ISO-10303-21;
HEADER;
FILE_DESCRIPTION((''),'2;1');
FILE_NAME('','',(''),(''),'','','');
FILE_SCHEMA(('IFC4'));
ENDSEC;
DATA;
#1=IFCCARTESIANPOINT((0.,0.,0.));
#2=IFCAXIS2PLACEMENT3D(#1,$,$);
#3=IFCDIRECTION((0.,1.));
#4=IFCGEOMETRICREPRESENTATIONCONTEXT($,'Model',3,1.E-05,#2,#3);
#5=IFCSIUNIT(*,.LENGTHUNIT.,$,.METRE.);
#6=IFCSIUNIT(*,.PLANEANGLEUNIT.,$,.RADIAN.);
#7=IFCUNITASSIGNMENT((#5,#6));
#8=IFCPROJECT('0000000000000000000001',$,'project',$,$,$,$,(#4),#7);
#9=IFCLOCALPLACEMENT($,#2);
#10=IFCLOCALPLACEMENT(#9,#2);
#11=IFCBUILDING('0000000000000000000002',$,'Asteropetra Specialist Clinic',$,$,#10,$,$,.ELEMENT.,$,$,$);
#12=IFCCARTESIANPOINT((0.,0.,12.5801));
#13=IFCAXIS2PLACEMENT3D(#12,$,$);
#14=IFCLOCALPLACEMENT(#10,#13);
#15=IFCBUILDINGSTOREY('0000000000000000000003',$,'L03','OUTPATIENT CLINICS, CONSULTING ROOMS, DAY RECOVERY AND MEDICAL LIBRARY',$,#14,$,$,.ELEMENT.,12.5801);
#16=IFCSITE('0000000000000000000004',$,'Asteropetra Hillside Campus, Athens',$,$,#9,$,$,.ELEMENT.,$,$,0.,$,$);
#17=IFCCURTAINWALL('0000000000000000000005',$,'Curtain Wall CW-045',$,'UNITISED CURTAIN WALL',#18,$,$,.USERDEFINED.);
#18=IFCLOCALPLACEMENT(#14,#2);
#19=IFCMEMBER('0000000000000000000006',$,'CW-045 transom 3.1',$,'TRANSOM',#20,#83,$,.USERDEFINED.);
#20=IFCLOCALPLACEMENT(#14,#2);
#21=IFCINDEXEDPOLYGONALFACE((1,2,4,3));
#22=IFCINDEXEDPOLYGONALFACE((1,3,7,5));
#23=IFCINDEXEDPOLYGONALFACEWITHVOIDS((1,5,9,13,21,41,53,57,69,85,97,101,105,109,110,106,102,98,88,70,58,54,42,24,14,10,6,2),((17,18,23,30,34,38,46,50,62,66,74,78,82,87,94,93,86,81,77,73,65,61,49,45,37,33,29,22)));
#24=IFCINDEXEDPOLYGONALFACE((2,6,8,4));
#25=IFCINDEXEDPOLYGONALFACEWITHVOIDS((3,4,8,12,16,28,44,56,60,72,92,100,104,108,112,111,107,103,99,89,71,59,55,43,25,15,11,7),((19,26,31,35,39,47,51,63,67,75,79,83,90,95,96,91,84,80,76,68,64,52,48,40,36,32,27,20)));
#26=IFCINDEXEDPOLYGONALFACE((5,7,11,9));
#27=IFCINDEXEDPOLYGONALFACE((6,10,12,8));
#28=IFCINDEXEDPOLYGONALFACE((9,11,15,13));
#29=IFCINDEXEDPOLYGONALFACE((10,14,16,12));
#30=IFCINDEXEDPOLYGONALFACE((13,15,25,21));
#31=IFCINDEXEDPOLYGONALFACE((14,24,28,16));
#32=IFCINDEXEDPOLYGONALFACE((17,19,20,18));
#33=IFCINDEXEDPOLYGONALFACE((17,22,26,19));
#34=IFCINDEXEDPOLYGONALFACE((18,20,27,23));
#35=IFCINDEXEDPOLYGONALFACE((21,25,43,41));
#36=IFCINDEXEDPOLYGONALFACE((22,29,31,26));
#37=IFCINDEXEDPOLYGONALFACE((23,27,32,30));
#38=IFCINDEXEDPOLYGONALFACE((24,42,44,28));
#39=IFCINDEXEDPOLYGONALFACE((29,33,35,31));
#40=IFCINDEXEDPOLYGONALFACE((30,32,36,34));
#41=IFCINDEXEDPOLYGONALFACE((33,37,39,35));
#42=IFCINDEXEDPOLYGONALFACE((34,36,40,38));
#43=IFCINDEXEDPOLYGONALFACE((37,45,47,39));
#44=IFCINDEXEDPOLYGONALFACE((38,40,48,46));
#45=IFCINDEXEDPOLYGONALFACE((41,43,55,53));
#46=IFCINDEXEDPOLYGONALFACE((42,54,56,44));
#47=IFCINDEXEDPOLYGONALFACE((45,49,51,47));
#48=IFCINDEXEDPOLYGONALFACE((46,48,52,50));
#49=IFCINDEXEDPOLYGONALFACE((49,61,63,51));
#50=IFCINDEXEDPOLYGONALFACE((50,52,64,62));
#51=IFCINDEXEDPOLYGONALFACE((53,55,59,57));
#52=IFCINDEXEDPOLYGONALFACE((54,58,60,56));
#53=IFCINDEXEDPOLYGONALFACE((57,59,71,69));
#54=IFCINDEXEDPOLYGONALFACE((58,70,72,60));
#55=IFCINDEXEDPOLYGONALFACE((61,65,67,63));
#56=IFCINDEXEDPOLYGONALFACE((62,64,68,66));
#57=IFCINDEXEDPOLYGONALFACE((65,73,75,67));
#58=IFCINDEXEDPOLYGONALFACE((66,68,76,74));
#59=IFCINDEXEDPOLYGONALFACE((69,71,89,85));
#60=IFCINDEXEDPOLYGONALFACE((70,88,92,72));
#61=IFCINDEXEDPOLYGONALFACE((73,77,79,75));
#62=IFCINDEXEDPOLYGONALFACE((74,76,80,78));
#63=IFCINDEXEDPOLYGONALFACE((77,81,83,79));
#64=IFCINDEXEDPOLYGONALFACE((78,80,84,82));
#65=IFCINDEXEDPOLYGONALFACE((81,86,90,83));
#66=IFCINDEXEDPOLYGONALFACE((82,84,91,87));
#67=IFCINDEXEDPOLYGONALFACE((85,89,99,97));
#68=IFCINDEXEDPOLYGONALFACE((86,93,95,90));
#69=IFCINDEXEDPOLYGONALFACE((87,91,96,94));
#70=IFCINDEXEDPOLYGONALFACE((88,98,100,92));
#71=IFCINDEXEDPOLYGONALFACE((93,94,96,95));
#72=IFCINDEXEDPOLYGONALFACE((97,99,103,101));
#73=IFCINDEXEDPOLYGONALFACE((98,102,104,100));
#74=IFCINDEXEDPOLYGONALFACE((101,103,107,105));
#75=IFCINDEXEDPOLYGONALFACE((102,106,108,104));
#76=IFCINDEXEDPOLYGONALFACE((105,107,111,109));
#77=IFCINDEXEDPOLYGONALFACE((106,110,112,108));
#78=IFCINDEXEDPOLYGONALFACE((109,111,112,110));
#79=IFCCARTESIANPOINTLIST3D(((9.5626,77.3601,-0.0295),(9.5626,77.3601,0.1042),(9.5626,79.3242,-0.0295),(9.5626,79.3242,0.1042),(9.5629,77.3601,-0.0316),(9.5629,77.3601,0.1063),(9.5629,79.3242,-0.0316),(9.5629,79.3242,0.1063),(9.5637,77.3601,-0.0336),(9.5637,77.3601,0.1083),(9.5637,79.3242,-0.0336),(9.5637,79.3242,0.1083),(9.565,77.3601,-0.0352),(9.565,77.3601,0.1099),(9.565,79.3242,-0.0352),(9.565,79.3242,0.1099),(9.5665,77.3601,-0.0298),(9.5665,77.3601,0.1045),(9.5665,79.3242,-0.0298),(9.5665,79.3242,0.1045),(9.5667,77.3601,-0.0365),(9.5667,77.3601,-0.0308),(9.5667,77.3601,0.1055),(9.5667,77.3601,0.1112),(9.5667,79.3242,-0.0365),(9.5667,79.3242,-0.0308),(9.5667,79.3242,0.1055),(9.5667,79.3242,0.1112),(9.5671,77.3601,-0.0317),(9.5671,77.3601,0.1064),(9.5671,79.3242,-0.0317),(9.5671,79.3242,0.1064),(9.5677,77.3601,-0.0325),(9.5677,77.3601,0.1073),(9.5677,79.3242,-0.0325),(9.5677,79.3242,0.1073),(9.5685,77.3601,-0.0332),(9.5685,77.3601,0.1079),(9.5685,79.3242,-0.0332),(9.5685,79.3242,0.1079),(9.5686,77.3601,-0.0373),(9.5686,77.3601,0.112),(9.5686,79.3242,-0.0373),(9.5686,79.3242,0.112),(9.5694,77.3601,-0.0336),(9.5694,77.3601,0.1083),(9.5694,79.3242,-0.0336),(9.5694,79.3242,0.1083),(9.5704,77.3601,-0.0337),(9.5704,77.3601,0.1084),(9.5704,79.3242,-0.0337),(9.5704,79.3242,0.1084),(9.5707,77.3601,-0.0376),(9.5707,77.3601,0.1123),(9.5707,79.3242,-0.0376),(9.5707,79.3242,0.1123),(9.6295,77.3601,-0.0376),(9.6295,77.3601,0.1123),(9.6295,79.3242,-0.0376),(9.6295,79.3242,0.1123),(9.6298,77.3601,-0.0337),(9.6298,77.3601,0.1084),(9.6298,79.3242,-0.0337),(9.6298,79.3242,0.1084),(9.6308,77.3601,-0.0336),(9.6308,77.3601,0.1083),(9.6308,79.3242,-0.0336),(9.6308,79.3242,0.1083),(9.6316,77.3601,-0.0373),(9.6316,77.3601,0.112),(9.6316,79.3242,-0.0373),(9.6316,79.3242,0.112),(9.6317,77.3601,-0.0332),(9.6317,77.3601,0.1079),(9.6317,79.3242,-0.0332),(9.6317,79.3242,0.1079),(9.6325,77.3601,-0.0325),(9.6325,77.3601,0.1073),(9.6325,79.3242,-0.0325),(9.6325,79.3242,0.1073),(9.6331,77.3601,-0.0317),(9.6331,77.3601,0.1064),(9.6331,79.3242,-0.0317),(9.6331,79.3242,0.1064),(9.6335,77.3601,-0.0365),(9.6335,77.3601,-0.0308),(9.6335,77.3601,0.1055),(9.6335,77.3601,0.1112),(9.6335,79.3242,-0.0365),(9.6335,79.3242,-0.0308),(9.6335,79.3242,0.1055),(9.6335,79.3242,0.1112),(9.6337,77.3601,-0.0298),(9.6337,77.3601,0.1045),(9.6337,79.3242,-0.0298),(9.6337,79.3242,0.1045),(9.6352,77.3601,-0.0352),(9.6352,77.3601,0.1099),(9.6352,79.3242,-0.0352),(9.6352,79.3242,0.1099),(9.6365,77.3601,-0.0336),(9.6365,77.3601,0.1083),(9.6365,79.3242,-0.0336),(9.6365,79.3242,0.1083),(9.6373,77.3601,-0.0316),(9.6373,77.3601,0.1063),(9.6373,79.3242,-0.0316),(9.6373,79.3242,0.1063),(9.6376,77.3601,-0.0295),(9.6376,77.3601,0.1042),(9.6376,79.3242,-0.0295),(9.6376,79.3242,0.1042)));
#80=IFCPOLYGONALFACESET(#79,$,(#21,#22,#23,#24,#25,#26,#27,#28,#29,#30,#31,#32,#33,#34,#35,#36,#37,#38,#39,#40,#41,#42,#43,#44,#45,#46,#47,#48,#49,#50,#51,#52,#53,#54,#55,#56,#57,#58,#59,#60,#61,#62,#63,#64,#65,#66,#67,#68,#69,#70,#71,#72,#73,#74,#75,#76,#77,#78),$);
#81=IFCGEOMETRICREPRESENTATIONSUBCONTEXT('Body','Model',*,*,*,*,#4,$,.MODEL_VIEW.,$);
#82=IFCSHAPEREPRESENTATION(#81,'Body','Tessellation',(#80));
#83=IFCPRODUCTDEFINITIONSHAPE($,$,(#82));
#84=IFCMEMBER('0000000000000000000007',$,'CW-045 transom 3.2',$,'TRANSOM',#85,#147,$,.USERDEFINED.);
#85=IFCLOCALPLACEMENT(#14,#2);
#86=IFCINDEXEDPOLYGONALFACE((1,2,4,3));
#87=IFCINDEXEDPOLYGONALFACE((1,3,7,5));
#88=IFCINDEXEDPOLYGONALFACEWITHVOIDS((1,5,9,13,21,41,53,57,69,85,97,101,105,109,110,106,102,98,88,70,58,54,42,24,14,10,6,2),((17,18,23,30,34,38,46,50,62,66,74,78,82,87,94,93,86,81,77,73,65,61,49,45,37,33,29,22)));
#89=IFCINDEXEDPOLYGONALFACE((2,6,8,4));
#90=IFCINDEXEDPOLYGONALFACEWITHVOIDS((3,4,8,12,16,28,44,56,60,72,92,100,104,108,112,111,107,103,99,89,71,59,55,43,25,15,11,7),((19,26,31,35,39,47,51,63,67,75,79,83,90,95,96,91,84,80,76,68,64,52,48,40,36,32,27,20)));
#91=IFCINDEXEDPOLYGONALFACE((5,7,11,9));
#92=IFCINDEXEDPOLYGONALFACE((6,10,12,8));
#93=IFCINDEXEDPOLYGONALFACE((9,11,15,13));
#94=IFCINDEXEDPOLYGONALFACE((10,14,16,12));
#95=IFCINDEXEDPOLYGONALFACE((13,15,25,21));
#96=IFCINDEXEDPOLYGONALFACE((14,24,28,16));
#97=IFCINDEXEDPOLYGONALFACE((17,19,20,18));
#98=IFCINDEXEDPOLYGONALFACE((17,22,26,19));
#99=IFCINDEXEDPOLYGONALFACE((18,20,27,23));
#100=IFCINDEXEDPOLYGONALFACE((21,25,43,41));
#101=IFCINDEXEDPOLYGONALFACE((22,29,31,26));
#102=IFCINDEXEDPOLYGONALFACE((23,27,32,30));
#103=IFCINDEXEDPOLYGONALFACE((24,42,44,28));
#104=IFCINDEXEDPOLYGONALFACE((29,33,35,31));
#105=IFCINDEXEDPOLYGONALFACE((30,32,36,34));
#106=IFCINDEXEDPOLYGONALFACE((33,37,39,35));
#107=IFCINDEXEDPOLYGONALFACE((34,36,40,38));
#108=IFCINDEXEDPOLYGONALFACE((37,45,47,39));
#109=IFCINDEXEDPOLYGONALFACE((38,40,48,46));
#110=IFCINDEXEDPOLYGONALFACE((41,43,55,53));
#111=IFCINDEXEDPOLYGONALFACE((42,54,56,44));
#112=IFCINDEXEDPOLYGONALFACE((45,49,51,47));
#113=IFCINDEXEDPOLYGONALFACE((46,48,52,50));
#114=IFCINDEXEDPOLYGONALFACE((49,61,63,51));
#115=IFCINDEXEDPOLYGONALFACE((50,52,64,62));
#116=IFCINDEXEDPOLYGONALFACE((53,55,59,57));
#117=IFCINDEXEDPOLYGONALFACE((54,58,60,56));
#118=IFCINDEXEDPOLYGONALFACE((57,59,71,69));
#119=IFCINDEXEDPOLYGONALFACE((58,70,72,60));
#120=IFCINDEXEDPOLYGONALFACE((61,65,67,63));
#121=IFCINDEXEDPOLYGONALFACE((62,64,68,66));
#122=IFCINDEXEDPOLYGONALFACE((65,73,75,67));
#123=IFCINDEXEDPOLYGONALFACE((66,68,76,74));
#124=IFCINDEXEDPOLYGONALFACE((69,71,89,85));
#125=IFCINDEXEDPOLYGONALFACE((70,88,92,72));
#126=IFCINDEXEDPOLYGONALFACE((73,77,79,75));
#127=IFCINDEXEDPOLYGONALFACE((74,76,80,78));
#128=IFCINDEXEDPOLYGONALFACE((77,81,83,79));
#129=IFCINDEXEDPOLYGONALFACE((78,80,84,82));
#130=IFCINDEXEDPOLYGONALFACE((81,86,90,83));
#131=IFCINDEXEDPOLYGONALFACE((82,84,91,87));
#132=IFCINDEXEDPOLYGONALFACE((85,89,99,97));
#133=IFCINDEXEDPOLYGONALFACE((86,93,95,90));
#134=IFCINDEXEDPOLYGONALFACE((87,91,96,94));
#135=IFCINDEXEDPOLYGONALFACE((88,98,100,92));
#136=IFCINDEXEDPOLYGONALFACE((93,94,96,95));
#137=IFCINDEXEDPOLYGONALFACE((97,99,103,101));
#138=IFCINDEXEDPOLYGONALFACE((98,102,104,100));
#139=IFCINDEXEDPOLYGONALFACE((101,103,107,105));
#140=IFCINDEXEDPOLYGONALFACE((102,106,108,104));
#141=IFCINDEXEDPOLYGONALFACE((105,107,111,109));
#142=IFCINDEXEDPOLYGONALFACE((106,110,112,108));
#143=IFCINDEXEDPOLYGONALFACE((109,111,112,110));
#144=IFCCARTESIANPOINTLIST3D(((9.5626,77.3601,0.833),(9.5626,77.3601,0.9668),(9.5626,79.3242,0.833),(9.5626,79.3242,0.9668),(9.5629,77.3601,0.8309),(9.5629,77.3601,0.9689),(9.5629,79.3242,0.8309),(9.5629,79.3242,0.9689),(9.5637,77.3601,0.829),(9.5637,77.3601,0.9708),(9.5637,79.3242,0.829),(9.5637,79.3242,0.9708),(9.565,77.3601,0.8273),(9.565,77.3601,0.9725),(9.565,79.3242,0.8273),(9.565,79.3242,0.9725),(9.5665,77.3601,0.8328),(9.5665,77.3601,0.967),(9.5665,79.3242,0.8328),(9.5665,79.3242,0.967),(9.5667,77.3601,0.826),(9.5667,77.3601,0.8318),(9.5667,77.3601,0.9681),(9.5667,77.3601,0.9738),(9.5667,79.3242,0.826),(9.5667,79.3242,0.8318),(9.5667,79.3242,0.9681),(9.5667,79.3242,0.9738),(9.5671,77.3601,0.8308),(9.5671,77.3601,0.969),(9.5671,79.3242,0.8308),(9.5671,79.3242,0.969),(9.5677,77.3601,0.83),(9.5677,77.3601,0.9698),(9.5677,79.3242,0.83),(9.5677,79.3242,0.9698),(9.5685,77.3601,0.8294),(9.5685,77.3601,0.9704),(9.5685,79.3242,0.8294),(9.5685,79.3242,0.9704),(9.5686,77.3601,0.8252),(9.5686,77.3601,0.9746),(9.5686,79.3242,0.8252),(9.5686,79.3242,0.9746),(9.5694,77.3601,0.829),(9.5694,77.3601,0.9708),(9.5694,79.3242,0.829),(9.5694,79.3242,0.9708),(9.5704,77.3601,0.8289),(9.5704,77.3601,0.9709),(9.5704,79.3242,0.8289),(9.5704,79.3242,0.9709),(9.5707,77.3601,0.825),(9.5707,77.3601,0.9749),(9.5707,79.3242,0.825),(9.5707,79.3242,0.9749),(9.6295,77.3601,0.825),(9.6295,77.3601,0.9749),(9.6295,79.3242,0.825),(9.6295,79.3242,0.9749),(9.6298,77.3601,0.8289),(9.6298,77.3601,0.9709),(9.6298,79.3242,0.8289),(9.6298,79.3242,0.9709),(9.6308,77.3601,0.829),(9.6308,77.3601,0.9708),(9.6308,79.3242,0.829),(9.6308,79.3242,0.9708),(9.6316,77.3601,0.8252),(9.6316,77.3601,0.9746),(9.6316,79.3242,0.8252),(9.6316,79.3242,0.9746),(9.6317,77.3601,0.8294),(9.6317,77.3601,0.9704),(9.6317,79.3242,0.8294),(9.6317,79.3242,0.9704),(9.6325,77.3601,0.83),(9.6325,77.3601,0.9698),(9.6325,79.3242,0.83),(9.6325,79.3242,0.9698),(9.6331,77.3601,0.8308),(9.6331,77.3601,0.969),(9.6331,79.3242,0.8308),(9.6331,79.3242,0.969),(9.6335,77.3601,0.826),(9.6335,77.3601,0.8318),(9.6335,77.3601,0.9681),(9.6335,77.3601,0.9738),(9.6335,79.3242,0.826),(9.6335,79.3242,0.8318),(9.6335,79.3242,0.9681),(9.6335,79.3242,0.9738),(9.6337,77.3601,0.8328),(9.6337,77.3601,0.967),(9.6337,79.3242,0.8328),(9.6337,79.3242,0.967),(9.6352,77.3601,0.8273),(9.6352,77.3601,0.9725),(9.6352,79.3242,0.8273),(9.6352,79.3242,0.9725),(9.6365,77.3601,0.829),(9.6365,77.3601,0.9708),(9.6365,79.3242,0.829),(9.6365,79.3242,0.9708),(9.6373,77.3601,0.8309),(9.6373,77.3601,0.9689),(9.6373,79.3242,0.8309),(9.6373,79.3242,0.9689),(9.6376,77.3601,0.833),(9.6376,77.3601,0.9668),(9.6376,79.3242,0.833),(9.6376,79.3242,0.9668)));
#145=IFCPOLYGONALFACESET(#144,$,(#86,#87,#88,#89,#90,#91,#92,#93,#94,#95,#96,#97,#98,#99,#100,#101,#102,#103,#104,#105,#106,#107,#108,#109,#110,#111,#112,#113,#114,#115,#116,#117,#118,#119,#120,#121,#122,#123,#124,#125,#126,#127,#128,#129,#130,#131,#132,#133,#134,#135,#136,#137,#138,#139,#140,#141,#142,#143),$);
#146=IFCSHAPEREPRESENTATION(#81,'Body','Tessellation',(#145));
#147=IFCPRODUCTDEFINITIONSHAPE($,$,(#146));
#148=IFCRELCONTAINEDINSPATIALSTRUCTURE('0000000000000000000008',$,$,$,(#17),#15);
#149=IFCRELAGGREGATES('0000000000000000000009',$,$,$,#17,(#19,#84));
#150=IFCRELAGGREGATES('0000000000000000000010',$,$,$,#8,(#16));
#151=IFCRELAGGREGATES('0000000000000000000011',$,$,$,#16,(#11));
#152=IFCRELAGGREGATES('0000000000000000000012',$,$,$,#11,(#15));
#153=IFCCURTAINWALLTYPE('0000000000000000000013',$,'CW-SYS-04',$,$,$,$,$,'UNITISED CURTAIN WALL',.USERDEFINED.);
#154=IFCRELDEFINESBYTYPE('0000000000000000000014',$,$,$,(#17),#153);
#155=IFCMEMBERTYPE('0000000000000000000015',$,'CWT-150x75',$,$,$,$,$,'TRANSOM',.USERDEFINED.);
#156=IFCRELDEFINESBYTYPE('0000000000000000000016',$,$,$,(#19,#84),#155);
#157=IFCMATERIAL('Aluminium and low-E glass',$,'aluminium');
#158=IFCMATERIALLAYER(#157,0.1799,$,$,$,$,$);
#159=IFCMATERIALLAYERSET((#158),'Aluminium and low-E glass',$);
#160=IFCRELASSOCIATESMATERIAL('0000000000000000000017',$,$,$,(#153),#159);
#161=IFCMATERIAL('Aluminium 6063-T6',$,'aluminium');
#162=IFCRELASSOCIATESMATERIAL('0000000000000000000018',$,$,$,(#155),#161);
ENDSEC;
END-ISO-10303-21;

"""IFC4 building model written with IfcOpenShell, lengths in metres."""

from ifc_helpers import new_model, si_unit, direction, frame, origin, origin_2d, place, context, subcontext, project, spatial, hollow_rectangle, extrude, material, layer, layer_set, material_profile, profile_set, type_object, element, aggregate, save


model = new_model("IFC4")

# Units and contexts
model_context = context("Model", 3, precision=1e-05, world=origin(), true_north=direction((0.0, 1.0)))
body_context = subcontext(model_context, "Body", "Model", "MODEL_VIEW")
ifc_project = project(units=[si_unit("LENGTHUNIT", "METRE"), si_unit("PLANEANGLEUNIT", "RADIAN")], contexts=[model_context])

# Site, building, storey
site_placement = place(None, origin())
site = spatial("IfcSite", under=ifc_project, at=site_placement, Name="Asteropetra Hillside Campus, Athens", CompositionType="ELEMENT", RefElevation=0.0)
building_placement = place(site_placement, origin())
building = spatial("IfcBuilding", under=site, at=building_placement, Name="Asteropetra Specialist Clinic", CompositionType="ELEMENT")
storey_placement = place(building_placement, frame((0.0, 0.0, 12.5801)))
storey = spatial("IfcBuildingStorey", under=building, at=storey_placement, Name="L03", Description="OUTPATIENT CLINICS, CONSULTING ROOMS, DAY RECOVERY AND MEDICAL LIBRARY", CompositionType="ELEMENT", Elevation=12.5801)

# Curtain wall, members
ifc_material_1 = material(Name="Aluminium and low-E glass", Category="aluminium")
ifc_layer_1 = layer(ifc_material_1, 0.1799)
ifc_layer_set_1 = layer_set([ifc_layer_1], Name="Aluminium and low-E glass")
curtain_wall_type = type_object("IfcCurtainWallType", Name="CW-SYS-04", ElementType="UNITISED CURTAIN WALL", PredefinedType="USERDEFINED", material=ifc_layer_set_1)
curtain_wall_placement = place(storey_placement, origin())
curtain_wall = element("IfcCurtainWall", 1, at=curtain_wall_placement, inside=storey, type_object=curtain_wall_type, Name="Curtain Wall CW-045", ObjectType="UNITISED CURTAIN WALL", PredefinedType="USERDEFINED")
ifc_material_2 = material(Name="Aluminium 6063-T6", Category="aluminium")
ifc_material_profile_1 = material_profile(ifc_material_2, hollow_rectangle(XDim=0.075, YDim=0.1499, WallThickness=0.0039, InnerFilletRadius=0.0039, OuterFilletRadius=0.0081, at=origin_2d()), Name="TRN 150x75x4.0")
ifc_profile_set_1 = profile_set([ifc_material_profile_1], Name="Aluminium 6063-T6")
member_type_1 = type_object("IfcMemberType", Name="CWT-150x75", ElementType="TRANSOM", PredefinedType="USERDEFINED", material=ifc_profile_set_1)
member_1_placement = place(storey_placement, frame((9.6001, 79.3242, 0.0374), z_axis=(0.0, -1.0, 0.0), x_axis=(1.0, 0.0, 0.0)))
member_1 = element("IfcMember", 2, at=member_1_placement, type_object=member_type_1, Name="CW-045 transom 3.1", ObjectType="TRANSOM", PredefinedType="USERDEFINED", context=body_context, shape_type="SweptSolid", body=[
    extrude(hollow_rectangle(XDim=0.075, YDim=0.1499, WallThickness=0.0039, InnerFilletRadius=0.0039, OuterFilletRadius=0.0081, at=origin_2d()), origin(), (0.0, 0.0, 1.0), 1.9641),
])
member_2_placement = place(storey_placement, frame((9.6001, 79.3242, 0.8999), z_axis=(0.0, -1.0, 0.0), x_axis=(1.0, 0.0, 0.0)))
member_2 = element("IfcMember", 3, at=member_2_placement, type_object=member_type_1, Name="CW-045 transom 3.2", ObjectType="TRANSOM", PredefinedType="USERDEFINED", context=body_context, shape_type="SweptSolid", body=[
    extrude(hollow_rectangle(XDim=0.075, YDim=0.1499, WallThickness=0.0039, InnerFilletRadius=0.0039, OuterFilletRadius=0.0081, at=origin_2d()), origin(), (0.0, 0.0, 1.0), 1.9641),
])
aggregate(curtain_wall, [member_1, member_2])

save(model, "model.ifc")
